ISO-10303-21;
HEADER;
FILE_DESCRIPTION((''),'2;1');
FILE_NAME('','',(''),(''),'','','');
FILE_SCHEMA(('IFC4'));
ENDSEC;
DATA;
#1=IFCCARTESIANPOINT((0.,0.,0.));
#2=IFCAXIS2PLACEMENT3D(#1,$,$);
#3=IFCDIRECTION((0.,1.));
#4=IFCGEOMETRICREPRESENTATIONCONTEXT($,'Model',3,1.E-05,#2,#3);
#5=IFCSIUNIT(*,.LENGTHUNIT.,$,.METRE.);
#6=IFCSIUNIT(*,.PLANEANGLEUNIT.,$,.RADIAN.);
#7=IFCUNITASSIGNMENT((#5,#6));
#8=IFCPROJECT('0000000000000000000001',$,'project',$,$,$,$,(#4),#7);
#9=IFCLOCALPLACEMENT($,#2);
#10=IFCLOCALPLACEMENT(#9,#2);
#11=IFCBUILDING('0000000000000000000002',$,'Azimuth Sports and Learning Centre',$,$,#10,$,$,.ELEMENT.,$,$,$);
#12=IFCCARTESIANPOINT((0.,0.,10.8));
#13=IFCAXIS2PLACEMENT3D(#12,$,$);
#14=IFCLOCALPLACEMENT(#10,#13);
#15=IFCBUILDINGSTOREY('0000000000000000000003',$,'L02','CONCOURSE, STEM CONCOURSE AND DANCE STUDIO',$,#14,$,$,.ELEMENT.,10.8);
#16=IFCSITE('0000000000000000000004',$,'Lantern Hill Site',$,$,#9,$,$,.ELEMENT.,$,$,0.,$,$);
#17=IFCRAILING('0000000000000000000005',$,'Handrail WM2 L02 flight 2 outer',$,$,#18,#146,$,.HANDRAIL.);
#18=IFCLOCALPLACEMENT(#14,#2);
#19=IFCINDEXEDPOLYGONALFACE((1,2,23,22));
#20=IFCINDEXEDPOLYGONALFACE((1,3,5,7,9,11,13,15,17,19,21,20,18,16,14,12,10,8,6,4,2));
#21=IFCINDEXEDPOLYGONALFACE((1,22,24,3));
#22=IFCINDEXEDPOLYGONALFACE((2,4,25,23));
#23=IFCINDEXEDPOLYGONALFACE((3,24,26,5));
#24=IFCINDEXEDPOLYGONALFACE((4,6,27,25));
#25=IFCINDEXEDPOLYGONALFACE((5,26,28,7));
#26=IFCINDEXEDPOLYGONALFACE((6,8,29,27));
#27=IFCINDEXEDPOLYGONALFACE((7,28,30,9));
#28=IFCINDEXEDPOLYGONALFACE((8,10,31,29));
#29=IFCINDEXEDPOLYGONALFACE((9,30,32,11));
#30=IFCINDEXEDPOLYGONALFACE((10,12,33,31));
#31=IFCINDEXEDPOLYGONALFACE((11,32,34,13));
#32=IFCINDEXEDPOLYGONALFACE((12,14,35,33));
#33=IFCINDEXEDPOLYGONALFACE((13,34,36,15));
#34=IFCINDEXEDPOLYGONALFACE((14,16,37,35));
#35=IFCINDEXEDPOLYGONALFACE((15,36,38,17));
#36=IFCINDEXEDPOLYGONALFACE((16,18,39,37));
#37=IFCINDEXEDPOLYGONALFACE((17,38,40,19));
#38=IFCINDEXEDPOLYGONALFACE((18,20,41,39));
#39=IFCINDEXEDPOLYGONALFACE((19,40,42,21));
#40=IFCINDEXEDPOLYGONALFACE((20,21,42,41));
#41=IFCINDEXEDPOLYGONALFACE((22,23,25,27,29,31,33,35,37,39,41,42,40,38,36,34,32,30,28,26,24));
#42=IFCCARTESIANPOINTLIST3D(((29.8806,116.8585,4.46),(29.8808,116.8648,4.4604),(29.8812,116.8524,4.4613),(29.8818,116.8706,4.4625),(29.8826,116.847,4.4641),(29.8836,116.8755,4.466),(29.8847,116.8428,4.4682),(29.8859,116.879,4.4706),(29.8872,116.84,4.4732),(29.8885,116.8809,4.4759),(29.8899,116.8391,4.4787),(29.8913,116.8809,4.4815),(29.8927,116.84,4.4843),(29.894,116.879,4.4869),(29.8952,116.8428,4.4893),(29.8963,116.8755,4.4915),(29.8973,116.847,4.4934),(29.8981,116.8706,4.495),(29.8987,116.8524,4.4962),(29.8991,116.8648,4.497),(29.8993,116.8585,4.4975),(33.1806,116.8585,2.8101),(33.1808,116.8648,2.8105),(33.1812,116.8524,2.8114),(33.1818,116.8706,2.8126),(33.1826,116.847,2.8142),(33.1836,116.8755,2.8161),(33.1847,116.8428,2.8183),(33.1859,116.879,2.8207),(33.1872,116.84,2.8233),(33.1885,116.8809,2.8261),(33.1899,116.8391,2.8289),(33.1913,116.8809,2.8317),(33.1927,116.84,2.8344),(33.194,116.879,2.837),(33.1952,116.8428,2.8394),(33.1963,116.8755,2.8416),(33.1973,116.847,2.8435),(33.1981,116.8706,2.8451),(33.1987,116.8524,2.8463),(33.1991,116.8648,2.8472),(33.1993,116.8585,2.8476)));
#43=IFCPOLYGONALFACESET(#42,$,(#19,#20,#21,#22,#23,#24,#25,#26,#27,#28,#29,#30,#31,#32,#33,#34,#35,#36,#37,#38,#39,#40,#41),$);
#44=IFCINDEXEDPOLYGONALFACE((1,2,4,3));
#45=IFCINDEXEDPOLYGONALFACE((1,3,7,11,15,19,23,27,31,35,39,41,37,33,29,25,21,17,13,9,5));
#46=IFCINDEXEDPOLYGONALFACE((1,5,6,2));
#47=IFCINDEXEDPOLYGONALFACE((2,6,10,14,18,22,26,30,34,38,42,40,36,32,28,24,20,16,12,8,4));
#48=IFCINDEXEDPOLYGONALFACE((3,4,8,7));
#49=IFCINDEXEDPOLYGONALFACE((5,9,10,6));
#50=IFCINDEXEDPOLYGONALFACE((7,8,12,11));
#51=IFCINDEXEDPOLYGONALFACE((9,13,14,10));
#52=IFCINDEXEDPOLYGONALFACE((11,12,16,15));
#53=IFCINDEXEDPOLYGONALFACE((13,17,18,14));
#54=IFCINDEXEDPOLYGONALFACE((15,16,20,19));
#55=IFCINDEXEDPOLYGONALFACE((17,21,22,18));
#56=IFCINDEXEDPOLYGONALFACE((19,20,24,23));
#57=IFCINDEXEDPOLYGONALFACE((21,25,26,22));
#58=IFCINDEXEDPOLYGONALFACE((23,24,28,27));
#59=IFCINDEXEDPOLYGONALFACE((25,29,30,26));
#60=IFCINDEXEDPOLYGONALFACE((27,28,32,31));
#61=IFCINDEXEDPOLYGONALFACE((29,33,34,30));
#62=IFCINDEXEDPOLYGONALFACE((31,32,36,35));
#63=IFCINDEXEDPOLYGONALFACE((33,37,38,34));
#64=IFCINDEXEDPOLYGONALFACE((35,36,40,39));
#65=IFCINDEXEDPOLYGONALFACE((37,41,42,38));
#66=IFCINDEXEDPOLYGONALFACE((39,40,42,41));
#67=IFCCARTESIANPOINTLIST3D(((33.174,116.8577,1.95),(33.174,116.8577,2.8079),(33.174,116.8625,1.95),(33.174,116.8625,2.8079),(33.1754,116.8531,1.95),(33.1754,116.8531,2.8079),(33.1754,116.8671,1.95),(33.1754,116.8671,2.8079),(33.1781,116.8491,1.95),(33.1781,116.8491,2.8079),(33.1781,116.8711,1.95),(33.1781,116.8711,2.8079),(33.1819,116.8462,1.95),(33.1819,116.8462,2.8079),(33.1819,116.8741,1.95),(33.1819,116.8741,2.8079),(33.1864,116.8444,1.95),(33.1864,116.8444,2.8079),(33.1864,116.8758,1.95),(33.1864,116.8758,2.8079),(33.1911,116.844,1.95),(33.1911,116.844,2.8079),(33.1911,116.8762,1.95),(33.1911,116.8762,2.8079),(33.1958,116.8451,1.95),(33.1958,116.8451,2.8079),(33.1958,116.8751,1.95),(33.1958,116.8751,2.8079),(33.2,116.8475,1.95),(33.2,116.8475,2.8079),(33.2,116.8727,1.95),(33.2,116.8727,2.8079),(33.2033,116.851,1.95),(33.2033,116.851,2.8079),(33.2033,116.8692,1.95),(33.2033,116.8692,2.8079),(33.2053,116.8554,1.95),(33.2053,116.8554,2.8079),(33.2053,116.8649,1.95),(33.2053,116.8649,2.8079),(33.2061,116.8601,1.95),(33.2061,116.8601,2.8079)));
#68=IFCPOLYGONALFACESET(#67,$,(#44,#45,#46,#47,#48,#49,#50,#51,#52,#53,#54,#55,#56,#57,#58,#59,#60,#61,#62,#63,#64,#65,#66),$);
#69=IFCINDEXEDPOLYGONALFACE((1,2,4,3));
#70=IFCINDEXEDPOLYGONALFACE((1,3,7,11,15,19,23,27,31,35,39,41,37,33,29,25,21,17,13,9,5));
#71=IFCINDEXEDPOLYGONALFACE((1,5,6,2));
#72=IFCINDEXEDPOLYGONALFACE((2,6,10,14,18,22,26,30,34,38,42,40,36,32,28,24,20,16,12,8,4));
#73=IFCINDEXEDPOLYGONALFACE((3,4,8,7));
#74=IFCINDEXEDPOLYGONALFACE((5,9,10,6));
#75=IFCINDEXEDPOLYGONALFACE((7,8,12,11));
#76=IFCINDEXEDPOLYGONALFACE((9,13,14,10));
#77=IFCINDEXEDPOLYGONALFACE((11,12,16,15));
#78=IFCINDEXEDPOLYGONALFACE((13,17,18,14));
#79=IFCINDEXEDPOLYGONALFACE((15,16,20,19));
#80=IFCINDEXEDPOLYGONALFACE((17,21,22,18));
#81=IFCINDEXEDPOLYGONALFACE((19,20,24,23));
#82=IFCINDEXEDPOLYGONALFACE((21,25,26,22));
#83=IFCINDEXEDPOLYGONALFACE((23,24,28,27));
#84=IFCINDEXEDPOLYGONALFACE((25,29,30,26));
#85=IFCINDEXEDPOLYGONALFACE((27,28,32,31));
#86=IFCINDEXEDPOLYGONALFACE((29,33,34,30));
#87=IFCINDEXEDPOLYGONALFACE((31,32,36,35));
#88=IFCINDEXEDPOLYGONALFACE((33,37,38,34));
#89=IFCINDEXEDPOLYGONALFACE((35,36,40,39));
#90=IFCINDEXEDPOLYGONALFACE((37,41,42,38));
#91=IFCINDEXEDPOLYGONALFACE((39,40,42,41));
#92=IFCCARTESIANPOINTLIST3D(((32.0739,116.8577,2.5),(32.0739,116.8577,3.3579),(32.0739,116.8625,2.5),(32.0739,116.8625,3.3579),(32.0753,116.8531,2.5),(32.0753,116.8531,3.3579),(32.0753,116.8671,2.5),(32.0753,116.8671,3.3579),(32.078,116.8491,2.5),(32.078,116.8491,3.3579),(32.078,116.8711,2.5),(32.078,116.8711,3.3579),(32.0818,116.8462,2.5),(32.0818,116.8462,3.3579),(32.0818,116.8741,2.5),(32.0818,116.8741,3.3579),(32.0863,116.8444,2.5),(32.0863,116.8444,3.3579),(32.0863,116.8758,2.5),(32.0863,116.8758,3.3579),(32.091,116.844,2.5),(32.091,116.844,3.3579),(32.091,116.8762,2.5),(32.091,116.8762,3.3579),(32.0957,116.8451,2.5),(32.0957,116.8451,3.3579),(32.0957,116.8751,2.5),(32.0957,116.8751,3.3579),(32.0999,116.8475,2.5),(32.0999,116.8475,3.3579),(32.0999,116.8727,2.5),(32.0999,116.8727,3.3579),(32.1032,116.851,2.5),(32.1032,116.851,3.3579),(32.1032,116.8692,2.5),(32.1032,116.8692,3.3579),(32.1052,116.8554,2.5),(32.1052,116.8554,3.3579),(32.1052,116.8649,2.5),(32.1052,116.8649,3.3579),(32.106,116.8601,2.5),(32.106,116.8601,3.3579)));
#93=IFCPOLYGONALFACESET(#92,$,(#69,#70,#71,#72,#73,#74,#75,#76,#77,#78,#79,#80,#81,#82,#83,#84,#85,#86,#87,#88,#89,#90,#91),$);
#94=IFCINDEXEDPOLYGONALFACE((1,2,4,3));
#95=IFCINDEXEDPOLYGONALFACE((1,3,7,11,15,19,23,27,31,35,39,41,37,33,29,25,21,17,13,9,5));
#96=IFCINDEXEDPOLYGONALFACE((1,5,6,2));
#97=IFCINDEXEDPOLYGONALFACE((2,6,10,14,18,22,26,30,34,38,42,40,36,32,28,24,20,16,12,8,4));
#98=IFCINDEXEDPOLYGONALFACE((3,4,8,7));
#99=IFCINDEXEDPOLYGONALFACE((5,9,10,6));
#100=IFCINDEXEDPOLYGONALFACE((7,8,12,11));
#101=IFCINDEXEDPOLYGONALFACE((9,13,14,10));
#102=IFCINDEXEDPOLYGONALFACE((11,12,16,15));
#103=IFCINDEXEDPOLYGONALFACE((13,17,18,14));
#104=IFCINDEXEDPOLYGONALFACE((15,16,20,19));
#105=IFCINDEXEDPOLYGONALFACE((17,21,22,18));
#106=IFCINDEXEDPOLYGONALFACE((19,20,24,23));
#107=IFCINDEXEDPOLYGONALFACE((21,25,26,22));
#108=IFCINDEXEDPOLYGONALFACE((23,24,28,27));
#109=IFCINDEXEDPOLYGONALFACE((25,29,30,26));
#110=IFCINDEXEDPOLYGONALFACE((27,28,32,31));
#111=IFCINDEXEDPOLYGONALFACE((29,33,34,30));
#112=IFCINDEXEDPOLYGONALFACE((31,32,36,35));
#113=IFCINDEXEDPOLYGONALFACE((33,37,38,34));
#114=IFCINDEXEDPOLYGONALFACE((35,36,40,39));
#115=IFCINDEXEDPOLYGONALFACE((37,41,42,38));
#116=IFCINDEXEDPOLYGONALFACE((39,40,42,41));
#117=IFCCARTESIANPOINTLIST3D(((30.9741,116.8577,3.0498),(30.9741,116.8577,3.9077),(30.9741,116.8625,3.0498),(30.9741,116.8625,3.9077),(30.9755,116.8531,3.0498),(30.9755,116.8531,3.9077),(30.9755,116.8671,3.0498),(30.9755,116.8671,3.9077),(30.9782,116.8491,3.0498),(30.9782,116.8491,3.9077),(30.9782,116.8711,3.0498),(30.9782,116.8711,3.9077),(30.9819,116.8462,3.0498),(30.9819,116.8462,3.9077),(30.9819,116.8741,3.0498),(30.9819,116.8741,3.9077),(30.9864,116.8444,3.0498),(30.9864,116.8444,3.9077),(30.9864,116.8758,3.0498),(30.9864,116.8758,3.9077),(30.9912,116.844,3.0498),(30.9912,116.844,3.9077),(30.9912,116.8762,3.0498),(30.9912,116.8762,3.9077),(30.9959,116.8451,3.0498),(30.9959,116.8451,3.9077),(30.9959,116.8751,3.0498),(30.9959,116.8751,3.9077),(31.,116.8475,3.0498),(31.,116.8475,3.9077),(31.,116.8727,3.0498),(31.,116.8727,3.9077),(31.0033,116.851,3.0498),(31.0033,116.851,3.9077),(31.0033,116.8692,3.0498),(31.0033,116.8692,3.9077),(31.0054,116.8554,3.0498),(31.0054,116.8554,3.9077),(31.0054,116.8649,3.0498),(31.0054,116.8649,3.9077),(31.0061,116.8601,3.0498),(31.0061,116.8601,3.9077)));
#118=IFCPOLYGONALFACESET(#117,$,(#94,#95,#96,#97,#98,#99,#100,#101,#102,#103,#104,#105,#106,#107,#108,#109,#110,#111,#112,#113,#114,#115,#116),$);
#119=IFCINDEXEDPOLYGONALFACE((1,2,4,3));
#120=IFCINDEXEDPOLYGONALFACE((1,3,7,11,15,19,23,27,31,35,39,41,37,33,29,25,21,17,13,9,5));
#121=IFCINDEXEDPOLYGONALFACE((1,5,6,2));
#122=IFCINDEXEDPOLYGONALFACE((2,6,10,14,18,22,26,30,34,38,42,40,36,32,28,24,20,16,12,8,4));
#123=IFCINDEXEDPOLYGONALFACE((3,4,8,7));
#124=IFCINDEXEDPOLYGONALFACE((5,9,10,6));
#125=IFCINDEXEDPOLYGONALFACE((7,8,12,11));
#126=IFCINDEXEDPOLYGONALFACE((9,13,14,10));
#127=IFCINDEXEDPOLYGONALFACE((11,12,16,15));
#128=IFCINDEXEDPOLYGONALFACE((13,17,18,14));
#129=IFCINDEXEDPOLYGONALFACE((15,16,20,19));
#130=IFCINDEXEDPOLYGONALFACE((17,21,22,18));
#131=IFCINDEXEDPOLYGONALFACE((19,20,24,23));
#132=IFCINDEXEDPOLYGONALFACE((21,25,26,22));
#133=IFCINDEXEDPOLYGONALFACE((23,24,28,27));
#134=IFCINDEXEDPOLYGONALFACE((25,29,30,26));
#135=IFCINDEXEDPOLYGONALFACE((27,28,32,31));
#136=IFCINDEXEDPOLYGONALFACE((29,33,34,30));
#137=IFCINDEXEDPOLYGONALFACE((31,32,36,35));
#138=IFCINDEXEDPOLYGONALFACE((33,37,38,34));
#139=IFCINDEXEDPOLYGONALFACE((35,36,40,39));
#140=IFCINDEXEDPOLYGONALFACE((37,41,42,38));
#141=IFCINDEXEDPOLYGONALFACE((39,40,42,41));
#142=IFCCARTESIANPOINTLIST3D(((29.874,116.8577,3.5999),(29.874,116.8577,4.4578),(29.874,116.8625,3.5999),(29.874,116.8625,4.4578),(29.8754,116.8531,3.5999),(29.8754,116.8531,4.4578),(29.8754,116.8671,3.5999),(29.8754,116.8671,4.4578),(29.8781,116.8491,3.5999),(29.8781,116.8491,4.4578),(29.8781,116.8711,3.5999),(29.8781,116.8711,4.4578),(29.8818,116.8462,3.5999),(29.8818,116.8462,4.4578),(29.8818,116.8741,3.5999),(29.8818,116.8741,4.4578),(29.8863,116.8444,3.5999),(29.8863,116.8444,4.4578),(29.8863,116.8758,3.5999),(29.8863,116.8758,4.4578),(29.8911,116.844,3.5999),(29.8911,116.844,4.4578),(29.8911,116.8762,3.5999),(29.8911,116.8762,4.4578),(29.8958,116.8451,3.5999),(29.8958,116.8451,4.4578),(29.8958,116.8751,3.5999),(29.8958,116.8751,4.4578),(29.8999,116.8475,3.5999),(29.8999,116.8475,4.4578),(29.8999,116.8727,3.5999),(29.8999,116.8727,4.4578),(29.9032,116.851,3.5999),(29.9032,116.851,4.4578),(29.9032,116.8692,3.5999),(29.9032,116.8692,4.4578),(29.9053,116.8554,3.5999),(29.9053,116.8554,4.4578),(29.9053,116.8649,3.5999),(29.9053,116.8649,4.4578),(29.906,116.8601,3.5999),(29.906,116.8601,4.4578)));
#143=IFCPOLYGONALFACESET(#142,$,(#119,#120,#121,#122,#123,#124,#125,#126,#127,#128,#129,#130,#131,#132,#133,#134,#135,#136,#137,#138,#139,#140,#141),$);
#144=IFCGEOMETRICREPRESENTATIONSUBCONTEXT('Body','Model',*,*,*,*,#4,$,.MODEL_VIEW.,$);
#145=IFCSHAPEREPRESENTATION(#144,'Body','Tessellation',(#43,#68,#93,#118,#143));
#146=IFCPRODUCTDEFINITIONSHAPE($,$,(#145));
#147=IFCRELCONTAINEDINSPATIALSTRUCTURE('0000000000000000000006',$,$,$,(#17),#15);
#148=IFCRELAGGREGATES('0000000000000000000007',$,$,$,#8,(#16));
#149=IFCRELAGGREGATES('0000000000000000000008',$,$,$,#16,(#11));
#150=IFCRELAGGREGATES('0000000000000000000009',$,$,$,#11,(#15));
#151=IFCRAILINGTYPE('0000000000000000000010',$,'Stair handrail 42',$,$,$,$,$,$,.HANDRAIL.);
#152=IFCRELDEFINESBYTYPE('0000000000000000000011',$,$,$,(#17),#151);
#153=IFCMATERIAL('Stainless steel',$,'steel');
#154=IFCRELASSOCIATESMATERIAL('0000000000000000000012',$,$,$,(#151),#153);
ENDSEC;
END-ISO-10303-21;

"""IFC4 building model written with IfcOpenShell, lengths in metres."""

from ifc_helpers import new_model, si_unit, direction, frame, origin, origin_2d, place, context, subcontext, project, spatial, circle, extrude, material, type_object, element, save


model = new_model("IFC4")

# Units and contexts
model_context = context("Model", 3, precision=1e-05, world=origin(), true_north=direction((0.0, 1.0)))
body_context = subcontext(model_context, "Body", "Model", "MODEL_VIEW")
ifc_project = project(units=[si_unit("LENGTHUNIT", "METRE"), si_unit("PLANEANGLEUNIT", "RADIAN")], contexts=[model_context])

# Site, building, storey
site_placement = place(None, origin())
site = spatial("IfcSite", under=ifc_project, at=site_placement, Name="Lantern Hill Site", CompositionType="ELEMENT", RefElevation=0.0)
building_placement = place(site_placement, origin())
building = spatial("IfcBuilding", under=site, at=building_placement, Name="Azimuth Sports and Learning Centre", CompositionType="ELEMENT")
storey_placement = place(building_placement, frame((0.0, 0.0, 10.8)))
storey = spatial("IfcBuildingStorey", under=building, at=storey_placement, Name="L02", Description="CONCOURSE, STEM CONCOURSE AND DANCE STUDIO", CompositionType="ELEMENT", Elevation=10.8)

# Railing
ifc_material_1 = material(Name="Stainless steel", Category="steel")
railing_type_1 = type_object("IfcRailingType", Name="Stair handrail 42", PredefinedType="HANDRAIL", material=ifc_material_1)
for number, where, name in (
    (1, (33.1899, 116.8601, 1.95), "Handrail WM2 L02 flight 2 outer"),
):
    element("IfcRailing", number, at=place(storey_placement, frame(where)), inside=storey, type_object=railing_type_1, Name=name, PredefinedType="HANDRAIL", context=body_context, shape_type="SweptSolid", body=[
        extrude(circle(Radius=0.021, at=origin_2d()), frame((0.0, 0.0, 0.8789), z_axis=(-0.89444, 0.0, 0.447187), x_axis=(0.0, -1.0, 0.0)), (0.0, 0.0, 1.0), 3.6895),
        extrude(circle(Radius=0.0161, at=origin_2d()), origin(), (0.0, 0.0, 1.0), 0.8579),
        extrude(circle(Radius=0.0161, at=origin_2d()), frame((-1.1001, 0.0, 0.55)), (0.0, 0.0, 1.0), 0.8579),
        extrude(circle(Radius=0.0161, at=origin_2d()), frame((-2.2, 0.0, 1.0999)), (0.0, 0.0, 1.0), 0.8579),
        extrude(circle(Radius=0.0161, at=origin_2d()), frame((-3.3, 0.0, 1.6499)), (0.0, 0.0, 1.0), 0.8579),
    ])

save(model, "model.ifc")
